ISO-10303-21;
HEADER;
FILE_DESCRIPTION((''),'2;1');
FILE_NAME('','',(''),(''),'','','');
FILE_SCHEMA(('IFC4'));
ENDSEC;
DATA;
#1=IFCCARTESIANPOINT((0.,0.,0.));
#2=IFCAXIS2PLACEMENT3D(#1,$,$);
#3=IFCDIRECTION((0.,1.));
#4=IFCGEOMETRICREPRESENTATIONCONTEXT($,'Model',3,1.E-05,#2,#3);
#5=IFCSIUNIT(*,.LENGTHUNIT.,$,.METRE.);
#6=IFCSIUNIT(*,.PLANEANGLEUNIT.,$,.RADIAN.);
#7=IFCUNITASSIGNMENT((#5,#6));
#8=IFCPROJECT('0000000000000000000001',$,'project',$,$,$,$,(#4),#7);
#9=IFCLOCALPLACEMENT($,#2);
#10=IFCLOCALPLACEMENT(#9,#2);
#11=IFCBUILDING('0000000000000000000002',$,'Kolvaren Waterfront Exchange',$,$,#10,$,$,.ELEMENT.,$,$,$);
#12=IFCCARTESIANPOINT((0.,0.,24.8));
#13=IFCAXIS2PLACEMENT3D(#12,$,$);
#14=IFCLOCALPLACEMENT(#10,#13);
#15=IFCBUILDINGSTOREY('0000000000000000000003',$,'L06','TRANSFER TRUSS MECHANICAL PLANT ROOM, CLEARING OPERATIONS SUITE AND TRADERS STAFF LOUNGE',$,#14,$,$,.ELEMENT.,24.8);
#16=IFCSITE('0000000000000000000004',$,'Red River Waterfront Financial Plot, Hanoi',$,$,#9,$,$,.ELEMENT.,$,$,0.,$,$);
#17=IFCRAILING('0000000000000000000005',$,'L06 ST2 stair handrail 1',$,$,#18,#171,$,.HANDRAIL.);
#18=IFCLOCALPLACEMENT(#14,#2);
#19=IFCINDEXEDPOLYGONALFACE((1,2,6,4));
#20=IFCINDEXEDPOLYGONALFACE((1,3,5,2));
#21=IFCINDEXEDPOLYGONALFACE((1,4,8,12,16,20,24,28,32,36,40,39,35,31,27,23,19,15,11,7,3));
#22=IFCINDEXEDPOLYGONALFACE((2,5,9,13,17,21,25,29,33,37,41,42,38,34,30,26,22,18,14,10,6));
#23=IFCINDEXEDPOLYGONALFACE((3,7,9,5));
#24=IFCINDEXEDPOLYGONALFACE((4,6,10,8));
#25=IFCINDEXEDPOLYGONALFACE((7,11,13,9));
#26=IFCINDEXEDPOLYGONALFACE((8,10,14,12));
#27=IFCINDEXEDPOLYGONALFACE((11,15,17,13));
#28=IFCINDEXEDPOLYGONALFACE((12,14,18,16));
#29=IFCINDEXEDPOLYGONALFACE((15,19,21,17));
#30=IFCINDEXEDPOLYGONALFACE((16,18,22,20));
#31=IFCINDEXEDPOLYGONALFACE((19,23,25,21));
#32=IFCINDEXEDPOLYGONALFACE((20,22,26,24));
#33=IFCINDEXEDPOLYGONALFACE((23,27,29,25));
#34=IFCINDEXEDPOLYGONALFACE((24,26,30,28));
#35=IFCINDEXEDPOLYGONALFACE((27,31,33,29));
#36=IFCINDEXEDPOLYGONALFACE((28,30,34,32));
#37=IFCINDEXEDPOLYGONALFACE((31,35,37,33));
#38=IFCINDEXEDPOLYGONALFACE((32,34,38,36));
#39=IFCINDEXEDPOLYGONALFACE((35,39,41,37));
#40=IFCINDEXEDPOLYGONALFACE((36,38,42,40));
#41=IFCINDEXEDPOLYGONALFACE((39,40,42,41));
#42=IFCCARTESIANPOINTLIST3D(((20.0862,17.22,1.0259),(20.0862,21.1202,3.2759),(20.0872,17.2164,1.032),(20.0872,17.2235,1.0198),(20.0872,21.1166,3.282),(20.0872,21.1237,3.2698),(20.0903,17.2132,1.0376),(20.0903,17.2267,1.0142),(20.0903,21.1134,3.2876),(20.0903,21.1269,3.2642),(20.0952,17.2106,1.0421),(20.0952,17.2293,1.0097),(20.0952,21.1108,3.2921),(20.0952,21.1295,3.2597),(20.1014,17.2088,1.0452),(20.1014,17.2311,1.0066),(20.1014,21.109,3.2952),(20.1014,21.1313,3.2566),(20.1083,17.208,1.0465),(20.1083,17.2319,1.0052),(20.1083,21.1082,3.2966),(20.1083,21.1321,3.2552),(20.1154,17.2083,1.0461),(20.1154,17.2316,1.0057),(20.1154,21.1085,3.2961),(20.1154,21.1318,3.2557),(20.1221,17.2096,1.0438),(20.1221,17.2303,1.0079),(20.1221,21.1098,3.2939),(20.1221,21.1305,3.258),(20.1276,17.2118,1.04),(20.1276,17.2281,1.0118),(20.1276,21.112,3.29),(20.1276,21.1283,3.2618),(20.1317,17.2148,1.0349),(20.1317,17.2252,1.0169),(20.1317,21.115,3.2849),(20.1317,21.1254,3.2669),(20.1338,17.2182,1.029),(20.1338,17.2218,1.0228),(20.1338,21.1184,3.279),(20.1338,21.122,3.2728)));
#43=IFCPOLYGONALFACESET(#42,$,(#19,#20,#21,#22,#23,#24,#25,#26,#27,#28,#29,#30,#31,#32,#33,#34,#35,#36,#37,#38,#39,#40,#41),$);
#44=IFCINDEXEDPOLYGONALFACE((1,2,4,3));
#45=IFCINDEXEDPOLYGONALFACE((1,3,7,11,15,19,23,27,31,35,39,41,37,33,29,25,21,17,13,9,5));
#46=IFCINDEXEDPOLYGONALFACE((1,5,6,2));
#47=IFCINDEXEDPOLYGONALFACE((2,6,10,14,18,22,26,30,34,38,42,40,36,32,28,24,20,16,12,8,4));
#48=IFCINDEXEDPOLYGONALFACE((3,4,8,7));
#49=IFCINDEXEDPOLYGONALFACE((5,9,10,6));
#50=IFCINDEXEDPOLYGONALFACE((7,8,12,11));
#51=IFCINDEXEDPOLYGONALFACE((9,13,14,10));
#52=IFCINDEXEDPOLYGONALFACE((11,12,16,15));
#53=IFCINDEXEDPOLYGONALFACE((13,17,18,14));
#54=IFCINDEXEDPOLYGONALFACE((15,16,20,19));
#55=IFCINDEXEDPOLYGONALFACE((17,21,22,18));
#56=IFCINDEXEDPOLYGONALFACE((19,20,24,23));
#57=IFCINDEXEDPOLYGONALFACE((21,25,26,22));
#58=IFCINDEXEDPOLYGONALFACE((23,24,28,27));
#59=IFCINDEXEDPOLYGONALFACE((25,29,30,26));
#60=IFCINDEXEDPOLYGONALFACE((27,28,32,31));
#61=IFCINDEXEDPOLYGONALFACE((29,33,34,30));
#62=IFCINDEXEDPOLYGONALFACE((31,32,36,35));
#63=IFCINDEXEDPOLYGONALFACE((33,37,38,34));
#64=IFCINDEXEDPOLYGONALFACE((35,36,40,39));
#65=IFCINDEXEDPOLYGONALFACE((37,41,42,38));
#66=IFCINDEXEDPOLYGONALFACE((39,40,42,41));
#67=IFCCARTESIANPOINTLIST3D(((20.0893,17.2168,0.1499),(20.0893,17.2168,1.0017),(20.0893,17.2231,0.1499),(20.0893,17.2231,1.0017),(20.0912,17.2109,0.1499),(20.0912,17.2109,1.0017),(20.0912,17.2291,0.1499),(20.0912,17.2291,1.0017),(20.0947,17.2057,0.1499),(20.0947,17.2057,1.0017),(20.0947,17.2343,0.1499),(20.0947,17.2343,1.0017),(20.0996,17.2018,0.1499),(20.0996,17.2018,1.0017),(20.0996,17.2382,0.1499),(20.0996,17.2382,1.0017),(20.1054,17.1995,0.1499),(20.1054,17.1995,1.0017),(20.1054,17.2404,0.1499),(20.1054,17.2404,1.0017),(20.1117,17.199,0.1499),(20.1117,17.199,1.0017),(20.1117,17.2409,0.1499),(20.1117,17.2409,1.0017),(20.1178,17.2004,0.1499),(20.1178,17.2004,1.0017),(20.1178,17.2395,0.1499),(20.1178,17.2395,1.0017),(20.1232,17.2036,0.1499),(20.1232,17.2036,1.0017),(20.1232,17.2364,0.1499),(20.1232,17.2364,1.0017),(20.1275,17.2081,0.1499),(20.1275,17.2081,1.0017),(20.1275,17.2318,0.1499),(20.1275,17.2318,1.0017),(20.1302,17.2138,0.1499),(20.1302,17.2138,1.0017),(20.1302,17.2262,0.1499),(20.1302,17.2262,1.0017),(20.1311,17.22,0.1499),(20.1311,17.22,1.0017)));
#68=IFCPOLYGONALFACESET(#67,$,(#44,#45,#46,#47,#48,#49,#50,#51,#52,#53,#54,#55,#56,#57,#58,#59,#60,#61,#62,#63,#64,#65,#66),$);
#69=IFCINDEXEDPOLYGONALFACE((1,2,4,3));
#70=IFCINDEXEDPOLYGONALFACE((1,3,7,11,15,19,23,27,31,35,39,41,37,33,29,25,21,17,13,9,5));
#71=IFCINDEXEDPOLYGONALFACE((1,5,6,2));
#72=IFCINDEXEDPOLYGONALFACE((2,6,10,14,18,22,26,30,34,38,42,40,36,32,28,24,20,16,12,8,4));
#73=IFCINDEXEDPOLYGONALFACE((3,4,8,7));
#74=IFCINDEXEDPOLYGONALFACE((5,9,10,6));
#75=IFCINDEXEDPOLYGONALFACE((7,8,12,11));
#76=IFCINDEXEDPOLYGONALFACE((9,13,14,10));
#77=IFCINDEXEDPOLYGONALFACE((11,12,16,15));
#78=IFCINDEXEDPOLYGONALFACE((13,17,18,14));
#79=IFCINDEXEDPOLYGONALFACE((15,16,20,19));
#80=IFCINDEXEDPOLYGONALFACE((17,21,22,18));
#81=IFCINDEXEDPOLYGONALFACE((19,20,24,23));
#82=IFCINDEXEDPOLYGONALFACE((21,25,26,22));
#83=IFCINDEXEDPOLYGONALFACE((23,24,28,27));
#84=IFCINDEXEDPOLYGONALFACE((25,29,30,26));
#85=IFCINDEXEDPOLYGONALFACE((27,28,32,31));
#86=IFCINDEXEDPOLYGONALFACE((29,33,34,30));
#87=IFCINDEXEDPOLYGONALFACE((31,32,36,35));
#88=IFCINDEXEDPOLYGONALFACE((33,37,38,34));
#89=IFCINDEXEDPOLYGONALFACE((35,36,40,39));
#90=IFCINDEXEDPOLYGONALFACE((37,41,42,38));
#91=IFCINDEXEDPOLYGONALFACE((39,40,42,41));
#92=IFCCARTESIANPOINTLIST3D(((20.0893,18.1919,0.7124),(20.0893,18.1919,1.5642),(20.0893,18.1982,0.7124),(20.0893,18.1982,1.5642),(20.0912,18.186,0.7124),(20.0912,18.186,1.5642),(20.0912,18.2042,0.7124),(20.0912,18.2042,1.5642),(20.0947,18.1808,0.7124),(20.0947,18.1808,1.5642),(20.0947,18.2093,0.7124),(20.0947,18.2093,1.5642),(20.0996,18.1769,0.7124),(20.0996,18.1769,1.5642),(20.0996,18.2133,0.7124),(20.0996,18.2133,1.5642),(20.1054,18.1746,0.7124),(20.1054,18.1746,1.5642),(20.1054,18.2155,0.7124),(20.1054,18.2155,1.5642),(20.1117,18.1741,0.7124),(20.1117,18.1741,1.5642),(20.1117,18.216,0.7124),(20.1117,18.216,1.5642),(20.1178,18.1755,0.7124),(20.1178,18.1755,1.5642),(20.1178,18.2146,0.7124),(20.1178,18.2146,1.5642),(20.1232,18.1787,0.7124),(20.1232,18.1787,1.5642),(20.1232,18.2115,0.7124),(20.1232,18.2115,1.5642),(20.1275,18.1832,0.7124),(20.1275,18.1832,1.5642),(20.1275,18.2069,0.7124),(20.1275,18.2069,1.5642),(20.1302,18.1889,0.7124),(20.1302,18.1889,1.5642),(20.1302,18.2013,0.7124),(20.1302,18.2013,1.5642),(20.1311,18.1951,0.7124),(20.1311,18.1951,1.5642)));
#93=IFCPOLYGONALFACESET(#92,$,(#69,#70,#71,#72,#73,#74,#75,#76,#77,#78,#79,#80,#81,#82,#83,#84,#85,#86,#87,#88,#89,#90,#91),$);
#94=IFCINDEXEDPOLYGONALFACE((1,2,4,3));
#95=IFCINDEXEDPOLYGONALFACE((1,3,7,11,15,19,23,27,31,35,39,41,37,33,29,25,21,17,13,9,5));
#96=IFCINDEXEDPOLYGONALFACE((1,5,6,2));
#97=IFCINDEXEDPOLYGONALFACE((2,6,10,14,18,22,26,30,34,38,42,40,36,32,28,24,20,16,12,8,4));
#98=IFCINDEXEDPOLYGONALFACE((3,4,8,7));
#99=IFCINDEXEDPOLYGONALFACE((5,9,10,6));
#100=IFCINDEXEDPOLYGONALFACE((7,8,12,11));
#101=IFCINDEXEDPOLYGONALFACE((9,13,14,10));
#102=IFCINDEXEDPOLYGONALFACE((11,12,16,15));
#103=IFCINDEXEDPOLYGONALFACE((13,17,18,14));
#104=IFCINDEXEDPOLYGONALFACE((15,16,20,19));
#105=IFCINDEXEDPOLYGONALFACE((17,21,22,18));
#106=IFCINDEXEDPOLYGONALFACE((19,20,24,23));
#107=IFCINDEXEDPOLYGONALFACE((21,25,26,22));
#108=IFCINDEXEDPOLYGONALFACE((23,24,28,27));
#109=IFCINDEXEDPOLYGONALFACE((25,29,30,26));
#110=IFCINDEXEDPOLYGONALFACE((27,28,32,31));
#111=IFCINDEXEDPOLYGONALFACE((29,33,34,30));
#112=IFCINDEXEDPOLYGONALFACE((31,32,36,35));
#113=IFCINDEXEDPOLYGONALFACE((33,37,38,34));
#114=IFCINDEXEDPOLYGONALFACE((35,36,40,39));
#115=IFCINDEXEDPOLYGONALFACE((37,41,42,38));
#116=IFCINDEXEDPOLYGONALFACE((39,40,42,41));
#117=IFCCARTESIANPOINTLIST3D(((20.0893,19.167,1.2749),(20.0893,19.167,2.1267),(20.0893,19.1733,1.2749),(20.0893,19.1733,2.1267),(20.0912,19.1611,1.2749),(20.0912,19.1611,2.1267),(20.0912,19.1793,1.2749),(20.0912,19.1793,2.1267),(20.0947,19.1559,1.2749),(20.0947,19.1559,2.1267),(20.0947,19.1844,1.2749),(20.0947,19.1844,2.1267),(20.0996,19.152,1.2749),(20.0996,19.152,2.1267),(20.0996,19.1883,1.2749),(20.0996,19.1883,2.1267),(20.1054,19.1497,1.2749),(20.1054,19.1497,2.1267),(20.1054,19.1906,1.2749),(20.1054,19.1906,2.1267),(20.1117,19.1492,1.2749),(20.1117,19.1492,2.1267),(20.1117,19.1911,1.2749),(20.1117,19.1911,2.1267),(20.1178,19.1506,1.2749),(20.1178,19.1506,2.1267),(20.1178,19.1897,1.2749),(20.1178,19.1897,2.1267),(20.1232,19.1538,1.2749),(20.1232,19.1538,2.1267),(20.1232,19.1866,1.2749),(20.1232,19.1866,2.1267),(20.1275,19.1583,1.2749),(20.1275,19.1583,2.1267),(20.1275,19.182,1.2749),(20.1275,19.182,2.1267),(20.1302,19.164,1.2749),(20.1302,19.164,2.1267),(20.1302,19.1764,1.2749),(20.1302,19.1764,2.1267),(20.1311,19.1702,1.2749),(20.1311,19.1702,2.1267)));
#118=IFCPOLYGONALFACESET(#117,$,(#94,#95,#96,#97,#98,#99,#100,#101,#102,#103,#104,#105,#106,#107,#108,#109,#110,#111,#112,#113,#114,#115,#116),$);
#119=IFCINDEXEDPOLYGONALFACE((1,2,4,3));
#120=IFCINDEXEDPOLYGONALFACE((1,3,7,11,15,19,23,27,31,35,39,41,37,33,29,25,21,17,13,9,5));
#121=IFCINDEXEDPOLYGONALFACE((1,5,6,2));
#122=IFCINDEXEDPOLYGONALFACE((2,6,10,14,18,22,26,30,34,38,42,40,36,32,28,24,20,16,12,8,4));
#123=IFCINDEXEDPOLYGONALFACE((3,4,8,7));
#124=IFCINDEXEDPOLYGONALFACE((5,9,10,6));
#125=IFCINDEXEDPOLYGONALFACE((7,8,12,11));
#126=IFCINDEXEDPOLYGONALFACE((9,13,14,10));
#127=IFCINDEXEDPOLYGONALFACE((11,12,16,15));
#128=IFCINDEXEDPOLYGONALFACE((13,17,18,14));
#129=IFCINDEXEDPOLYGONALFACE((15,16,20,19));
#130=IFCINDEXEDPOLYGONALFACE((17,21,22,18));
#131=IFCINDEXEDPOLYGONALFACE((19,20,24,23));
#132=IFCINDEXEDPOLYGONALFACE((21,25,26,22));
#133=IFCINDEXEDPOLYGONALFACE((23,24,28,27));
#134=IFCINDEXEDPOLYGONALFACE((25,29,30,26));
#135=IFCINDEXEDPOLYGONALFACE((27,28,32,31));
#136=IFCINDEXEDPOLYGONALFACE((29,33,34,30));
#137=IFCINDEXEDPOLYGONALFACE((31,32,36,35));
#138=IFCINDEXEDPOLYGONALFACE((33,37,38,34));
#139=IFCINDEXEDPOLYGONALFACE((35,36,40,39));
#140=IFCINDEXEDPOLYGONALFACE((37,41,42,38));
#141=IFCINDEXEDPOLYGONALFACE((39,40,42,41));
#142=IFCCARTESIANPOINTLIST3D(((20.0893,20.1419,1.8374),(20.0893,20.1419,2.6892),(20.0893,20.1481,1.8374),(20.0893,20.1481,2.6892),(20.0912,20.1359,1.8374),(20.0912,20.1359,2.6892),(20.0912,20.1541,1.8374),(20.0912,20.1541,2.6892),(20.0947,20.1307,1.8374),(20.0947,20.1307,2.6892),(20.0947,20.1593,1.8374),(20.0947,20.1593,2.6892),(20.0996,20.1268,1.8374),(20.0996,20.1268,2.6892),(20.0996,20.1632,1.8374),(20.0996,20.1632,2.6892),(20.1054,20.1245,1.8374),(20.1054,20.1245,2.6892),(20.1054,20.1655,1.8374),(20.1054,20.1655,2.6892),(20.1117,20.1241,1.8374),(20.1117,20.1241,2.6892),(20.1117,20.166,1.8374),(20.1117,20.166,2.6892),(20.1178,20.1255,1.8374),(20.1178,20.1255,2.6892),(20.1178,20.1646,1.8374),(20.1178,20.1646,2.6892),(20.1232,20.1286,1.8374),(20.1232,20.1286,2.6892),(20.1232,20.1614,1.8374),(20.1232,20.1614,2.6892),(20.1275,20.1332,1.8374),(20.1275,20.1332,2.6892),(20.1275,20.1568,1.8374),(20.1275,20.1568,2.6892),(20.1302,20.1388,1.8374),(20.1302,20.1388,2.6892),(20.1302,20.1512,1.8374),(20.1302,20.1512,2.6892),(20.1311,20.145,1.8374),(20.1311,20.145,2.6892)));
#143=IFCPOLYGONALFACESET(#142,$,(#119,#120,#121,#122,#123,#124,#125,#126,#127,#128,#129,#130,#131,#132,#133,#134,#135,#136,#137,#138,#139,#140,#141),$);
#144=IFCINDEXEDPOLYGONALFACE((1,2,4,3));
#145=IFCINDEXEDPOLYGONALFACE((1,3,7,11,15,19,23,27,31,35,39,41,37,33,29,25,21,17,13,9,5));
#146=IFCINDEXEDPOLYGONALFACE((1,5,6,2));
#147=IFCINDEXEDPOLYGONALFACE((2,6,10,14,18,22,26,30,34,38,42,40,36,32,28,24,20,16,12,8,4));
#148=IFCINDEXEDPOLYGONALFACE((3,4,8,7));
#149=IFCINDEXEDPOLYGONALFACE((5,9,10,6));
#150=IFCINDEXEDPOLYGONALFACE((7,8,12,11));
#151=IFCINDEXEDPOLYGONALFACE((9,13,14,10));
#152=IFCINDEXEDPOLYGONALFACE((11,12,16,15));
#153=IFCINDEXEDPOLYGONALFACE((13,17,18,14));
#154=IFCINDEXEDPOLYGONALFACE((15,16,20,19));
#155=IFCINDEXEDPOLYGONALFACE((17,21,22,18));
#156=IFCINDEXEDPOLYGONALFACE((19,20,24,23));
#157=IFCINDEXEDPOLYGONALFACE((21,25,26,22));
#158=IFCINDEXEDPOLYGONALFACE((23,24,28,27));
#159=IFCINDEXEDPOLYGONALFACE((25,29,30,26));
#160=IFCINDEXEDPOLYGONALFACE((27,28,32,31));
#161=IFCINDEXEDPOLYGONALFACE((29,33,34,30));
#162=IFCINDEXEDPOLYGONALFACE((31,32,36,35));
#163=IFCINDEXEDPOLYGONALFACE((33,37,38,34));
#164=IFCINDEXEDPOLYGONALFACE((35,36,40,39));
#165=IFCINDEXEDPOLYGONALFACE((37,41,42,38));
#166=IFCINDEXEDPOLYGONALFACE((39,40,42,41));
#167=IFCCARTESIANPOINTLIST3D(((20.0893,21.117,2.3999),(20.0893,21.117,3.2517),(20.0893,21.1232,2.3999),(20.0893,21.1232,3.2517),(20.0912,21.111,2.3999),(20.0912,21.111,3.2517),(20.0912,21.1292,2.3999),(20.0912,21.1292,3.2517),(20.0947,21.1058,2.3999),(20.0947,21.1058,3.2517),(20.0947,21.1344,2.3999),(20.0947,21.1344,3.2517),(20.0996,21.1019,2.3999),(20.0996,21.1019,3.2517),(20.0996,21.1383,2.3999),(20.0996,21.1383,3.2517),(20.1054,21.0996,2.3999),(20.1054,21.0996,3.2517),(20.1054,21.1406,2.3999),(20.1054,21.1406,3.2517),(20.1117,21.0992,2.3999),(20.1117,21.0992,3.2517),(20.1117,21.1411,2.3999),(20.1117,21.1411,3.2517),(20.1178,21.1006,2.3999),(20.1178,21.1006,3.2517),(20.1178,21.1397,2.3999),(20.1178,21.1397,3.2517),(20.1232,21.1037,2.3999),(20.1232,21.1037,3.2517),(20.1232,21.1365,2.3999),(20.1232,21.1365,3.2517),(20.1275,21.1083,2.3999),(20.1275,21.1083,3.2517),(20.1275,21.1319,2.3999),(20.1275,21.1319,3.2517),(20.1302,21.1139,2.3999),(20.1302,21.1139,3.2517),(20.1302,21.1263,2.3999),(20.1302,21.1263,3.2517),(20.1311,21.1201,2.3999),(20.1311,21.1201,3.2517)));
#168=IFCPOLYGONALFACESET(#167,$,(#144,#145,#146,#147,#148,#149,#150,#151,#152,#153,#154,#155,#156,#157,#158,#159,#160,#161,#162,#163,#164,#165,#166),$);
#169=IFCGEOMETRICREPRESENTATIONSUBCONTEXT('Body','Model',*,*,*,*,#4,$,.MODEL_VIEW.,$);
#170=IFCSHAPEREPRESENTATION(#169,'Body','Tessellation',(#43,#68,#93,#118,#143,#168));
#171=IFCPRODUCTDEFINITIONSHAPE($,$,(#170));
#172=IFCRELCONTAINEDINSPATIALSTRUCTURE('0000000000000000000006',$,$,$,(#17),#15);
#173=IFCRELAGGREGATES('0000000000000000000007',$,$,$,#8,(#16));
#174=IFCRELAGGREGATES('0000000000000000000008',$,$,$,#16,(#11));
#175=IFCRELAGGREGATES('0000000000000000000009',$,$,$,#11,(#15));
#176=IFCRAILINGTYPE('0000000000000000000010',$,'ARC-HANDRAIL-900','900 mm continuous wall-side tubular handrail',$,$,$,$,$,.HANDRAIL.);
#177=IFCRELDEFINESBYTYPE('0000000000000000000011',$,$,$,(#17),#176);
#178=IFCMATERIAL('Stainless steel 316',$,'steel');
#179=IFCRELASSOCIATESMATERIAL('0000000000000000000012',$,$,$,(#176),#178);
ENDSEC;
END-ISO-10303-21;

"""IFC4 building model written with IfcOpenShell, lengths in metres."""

from ifc_helpers import new_model, si_unit, direction, frame, origin, origin_2d, place, context, subcontext, project, spatial, circle, extrude, material, type_object, element, save


model = new_model("IFC4")

# Units and contexts
model_context = context("Model", 3, precision=1e-05, world=origin(), true_north=direction((0.0, 1.0)))
body_context = subcontext(model_context, "Body", "Model", "MODEL_VIEW")
ifc_project = project(units=[si_unit("LENGTHUNIT", "METRE"), si_unit("PLANEANGLEUNIT", "RADIAN")], contexts=[model_context])

# Site, building, storey
site_placement = place(None, origin())
site = spatial("IfcSite", under=ifc_project, at=site_placement, Name="Red River Waterfront Financial Plot, Hanoi", CompositionType="ELEMENT", RefElevation=0.0)
building_placement = place(site_placement, origin())
building = spatial("IfcBuilding", under=site, at=building_placement, Name="Kolvaren Waterfront Exchange", CompositionType="ELEMENT")
storey_placement = place(building_placement, frame((0.0, 0.0, 24.8)))
storey = spatial("IfcBuildingStorey", under=building, at=storey_placement, Name="L06", Description="TRANSFER TRUSS MECHANICAL PLANT ROOM, CLEARING OPERATIONS SUITE AND TRADERS STAFF LOUNGE", CompositionType="ELEMENT", Elevation=24.8)

# Railing
ifc_material_1 = material(Name="Stainless steel 316", Category="steel")
railing_type_1 = type_object("IfcRailingType", Name="ARC-HANDRAIL-900", Description="900 mm continuous wall-side tubular handrail", PredefinedType="HANDRAIL", material=ifc_material_1)
railing_1_placement = place(storey_placement, frame((20.1101, 17.22, 0.1499)))
element("IfcRailing", 1, at=railing_1_placement, inside=storey, type_object=railing_type_1, Name="L06 ST2 stair handrail 1", PredefinedType="HANDRAIL", context=body_context, shape_type="SweptSolid", body=[
    extrude(circle(Radius=0.0239, at=origin_2d()), frame((0.0, 0.0, 0.876), z_axis=(0.0, 0.866194, 0.499708), x_axis=(-1.0, 0.0, 0.0)), (0.0, 0.0, 1.0), 4.5027),
    extrude(circle(Radius=0.021, at=origin_2d()), origin(), (0.0, 0.0, 1.0), 0.8518),
    extrude(circle(Radius=0.021, at=origin_2d()), frame((0.0, 0.9751, 0.5625)), (0.0, 0.0, 1.0), 0.8518),
    extrude(circle(Radius=0.021, at=origin_2d()), frame((0.0, 1.9502, 1.125)), (0.0, 0.0, 1.0), 0.8518),
    extrude(circle(Radius=0.021, at=origin_2d()), frame((0.0, 2.925, 1.6875)), (0.0, 0.0, 1.0), 0.8518),
    extrude(circle(Radius=0.021, at=origin_2d()), frame((0.0, 3.9001, 2.25)), (0.0, 0.0, 1.0), 0.8518),
])

save(model, "model.ifc")
